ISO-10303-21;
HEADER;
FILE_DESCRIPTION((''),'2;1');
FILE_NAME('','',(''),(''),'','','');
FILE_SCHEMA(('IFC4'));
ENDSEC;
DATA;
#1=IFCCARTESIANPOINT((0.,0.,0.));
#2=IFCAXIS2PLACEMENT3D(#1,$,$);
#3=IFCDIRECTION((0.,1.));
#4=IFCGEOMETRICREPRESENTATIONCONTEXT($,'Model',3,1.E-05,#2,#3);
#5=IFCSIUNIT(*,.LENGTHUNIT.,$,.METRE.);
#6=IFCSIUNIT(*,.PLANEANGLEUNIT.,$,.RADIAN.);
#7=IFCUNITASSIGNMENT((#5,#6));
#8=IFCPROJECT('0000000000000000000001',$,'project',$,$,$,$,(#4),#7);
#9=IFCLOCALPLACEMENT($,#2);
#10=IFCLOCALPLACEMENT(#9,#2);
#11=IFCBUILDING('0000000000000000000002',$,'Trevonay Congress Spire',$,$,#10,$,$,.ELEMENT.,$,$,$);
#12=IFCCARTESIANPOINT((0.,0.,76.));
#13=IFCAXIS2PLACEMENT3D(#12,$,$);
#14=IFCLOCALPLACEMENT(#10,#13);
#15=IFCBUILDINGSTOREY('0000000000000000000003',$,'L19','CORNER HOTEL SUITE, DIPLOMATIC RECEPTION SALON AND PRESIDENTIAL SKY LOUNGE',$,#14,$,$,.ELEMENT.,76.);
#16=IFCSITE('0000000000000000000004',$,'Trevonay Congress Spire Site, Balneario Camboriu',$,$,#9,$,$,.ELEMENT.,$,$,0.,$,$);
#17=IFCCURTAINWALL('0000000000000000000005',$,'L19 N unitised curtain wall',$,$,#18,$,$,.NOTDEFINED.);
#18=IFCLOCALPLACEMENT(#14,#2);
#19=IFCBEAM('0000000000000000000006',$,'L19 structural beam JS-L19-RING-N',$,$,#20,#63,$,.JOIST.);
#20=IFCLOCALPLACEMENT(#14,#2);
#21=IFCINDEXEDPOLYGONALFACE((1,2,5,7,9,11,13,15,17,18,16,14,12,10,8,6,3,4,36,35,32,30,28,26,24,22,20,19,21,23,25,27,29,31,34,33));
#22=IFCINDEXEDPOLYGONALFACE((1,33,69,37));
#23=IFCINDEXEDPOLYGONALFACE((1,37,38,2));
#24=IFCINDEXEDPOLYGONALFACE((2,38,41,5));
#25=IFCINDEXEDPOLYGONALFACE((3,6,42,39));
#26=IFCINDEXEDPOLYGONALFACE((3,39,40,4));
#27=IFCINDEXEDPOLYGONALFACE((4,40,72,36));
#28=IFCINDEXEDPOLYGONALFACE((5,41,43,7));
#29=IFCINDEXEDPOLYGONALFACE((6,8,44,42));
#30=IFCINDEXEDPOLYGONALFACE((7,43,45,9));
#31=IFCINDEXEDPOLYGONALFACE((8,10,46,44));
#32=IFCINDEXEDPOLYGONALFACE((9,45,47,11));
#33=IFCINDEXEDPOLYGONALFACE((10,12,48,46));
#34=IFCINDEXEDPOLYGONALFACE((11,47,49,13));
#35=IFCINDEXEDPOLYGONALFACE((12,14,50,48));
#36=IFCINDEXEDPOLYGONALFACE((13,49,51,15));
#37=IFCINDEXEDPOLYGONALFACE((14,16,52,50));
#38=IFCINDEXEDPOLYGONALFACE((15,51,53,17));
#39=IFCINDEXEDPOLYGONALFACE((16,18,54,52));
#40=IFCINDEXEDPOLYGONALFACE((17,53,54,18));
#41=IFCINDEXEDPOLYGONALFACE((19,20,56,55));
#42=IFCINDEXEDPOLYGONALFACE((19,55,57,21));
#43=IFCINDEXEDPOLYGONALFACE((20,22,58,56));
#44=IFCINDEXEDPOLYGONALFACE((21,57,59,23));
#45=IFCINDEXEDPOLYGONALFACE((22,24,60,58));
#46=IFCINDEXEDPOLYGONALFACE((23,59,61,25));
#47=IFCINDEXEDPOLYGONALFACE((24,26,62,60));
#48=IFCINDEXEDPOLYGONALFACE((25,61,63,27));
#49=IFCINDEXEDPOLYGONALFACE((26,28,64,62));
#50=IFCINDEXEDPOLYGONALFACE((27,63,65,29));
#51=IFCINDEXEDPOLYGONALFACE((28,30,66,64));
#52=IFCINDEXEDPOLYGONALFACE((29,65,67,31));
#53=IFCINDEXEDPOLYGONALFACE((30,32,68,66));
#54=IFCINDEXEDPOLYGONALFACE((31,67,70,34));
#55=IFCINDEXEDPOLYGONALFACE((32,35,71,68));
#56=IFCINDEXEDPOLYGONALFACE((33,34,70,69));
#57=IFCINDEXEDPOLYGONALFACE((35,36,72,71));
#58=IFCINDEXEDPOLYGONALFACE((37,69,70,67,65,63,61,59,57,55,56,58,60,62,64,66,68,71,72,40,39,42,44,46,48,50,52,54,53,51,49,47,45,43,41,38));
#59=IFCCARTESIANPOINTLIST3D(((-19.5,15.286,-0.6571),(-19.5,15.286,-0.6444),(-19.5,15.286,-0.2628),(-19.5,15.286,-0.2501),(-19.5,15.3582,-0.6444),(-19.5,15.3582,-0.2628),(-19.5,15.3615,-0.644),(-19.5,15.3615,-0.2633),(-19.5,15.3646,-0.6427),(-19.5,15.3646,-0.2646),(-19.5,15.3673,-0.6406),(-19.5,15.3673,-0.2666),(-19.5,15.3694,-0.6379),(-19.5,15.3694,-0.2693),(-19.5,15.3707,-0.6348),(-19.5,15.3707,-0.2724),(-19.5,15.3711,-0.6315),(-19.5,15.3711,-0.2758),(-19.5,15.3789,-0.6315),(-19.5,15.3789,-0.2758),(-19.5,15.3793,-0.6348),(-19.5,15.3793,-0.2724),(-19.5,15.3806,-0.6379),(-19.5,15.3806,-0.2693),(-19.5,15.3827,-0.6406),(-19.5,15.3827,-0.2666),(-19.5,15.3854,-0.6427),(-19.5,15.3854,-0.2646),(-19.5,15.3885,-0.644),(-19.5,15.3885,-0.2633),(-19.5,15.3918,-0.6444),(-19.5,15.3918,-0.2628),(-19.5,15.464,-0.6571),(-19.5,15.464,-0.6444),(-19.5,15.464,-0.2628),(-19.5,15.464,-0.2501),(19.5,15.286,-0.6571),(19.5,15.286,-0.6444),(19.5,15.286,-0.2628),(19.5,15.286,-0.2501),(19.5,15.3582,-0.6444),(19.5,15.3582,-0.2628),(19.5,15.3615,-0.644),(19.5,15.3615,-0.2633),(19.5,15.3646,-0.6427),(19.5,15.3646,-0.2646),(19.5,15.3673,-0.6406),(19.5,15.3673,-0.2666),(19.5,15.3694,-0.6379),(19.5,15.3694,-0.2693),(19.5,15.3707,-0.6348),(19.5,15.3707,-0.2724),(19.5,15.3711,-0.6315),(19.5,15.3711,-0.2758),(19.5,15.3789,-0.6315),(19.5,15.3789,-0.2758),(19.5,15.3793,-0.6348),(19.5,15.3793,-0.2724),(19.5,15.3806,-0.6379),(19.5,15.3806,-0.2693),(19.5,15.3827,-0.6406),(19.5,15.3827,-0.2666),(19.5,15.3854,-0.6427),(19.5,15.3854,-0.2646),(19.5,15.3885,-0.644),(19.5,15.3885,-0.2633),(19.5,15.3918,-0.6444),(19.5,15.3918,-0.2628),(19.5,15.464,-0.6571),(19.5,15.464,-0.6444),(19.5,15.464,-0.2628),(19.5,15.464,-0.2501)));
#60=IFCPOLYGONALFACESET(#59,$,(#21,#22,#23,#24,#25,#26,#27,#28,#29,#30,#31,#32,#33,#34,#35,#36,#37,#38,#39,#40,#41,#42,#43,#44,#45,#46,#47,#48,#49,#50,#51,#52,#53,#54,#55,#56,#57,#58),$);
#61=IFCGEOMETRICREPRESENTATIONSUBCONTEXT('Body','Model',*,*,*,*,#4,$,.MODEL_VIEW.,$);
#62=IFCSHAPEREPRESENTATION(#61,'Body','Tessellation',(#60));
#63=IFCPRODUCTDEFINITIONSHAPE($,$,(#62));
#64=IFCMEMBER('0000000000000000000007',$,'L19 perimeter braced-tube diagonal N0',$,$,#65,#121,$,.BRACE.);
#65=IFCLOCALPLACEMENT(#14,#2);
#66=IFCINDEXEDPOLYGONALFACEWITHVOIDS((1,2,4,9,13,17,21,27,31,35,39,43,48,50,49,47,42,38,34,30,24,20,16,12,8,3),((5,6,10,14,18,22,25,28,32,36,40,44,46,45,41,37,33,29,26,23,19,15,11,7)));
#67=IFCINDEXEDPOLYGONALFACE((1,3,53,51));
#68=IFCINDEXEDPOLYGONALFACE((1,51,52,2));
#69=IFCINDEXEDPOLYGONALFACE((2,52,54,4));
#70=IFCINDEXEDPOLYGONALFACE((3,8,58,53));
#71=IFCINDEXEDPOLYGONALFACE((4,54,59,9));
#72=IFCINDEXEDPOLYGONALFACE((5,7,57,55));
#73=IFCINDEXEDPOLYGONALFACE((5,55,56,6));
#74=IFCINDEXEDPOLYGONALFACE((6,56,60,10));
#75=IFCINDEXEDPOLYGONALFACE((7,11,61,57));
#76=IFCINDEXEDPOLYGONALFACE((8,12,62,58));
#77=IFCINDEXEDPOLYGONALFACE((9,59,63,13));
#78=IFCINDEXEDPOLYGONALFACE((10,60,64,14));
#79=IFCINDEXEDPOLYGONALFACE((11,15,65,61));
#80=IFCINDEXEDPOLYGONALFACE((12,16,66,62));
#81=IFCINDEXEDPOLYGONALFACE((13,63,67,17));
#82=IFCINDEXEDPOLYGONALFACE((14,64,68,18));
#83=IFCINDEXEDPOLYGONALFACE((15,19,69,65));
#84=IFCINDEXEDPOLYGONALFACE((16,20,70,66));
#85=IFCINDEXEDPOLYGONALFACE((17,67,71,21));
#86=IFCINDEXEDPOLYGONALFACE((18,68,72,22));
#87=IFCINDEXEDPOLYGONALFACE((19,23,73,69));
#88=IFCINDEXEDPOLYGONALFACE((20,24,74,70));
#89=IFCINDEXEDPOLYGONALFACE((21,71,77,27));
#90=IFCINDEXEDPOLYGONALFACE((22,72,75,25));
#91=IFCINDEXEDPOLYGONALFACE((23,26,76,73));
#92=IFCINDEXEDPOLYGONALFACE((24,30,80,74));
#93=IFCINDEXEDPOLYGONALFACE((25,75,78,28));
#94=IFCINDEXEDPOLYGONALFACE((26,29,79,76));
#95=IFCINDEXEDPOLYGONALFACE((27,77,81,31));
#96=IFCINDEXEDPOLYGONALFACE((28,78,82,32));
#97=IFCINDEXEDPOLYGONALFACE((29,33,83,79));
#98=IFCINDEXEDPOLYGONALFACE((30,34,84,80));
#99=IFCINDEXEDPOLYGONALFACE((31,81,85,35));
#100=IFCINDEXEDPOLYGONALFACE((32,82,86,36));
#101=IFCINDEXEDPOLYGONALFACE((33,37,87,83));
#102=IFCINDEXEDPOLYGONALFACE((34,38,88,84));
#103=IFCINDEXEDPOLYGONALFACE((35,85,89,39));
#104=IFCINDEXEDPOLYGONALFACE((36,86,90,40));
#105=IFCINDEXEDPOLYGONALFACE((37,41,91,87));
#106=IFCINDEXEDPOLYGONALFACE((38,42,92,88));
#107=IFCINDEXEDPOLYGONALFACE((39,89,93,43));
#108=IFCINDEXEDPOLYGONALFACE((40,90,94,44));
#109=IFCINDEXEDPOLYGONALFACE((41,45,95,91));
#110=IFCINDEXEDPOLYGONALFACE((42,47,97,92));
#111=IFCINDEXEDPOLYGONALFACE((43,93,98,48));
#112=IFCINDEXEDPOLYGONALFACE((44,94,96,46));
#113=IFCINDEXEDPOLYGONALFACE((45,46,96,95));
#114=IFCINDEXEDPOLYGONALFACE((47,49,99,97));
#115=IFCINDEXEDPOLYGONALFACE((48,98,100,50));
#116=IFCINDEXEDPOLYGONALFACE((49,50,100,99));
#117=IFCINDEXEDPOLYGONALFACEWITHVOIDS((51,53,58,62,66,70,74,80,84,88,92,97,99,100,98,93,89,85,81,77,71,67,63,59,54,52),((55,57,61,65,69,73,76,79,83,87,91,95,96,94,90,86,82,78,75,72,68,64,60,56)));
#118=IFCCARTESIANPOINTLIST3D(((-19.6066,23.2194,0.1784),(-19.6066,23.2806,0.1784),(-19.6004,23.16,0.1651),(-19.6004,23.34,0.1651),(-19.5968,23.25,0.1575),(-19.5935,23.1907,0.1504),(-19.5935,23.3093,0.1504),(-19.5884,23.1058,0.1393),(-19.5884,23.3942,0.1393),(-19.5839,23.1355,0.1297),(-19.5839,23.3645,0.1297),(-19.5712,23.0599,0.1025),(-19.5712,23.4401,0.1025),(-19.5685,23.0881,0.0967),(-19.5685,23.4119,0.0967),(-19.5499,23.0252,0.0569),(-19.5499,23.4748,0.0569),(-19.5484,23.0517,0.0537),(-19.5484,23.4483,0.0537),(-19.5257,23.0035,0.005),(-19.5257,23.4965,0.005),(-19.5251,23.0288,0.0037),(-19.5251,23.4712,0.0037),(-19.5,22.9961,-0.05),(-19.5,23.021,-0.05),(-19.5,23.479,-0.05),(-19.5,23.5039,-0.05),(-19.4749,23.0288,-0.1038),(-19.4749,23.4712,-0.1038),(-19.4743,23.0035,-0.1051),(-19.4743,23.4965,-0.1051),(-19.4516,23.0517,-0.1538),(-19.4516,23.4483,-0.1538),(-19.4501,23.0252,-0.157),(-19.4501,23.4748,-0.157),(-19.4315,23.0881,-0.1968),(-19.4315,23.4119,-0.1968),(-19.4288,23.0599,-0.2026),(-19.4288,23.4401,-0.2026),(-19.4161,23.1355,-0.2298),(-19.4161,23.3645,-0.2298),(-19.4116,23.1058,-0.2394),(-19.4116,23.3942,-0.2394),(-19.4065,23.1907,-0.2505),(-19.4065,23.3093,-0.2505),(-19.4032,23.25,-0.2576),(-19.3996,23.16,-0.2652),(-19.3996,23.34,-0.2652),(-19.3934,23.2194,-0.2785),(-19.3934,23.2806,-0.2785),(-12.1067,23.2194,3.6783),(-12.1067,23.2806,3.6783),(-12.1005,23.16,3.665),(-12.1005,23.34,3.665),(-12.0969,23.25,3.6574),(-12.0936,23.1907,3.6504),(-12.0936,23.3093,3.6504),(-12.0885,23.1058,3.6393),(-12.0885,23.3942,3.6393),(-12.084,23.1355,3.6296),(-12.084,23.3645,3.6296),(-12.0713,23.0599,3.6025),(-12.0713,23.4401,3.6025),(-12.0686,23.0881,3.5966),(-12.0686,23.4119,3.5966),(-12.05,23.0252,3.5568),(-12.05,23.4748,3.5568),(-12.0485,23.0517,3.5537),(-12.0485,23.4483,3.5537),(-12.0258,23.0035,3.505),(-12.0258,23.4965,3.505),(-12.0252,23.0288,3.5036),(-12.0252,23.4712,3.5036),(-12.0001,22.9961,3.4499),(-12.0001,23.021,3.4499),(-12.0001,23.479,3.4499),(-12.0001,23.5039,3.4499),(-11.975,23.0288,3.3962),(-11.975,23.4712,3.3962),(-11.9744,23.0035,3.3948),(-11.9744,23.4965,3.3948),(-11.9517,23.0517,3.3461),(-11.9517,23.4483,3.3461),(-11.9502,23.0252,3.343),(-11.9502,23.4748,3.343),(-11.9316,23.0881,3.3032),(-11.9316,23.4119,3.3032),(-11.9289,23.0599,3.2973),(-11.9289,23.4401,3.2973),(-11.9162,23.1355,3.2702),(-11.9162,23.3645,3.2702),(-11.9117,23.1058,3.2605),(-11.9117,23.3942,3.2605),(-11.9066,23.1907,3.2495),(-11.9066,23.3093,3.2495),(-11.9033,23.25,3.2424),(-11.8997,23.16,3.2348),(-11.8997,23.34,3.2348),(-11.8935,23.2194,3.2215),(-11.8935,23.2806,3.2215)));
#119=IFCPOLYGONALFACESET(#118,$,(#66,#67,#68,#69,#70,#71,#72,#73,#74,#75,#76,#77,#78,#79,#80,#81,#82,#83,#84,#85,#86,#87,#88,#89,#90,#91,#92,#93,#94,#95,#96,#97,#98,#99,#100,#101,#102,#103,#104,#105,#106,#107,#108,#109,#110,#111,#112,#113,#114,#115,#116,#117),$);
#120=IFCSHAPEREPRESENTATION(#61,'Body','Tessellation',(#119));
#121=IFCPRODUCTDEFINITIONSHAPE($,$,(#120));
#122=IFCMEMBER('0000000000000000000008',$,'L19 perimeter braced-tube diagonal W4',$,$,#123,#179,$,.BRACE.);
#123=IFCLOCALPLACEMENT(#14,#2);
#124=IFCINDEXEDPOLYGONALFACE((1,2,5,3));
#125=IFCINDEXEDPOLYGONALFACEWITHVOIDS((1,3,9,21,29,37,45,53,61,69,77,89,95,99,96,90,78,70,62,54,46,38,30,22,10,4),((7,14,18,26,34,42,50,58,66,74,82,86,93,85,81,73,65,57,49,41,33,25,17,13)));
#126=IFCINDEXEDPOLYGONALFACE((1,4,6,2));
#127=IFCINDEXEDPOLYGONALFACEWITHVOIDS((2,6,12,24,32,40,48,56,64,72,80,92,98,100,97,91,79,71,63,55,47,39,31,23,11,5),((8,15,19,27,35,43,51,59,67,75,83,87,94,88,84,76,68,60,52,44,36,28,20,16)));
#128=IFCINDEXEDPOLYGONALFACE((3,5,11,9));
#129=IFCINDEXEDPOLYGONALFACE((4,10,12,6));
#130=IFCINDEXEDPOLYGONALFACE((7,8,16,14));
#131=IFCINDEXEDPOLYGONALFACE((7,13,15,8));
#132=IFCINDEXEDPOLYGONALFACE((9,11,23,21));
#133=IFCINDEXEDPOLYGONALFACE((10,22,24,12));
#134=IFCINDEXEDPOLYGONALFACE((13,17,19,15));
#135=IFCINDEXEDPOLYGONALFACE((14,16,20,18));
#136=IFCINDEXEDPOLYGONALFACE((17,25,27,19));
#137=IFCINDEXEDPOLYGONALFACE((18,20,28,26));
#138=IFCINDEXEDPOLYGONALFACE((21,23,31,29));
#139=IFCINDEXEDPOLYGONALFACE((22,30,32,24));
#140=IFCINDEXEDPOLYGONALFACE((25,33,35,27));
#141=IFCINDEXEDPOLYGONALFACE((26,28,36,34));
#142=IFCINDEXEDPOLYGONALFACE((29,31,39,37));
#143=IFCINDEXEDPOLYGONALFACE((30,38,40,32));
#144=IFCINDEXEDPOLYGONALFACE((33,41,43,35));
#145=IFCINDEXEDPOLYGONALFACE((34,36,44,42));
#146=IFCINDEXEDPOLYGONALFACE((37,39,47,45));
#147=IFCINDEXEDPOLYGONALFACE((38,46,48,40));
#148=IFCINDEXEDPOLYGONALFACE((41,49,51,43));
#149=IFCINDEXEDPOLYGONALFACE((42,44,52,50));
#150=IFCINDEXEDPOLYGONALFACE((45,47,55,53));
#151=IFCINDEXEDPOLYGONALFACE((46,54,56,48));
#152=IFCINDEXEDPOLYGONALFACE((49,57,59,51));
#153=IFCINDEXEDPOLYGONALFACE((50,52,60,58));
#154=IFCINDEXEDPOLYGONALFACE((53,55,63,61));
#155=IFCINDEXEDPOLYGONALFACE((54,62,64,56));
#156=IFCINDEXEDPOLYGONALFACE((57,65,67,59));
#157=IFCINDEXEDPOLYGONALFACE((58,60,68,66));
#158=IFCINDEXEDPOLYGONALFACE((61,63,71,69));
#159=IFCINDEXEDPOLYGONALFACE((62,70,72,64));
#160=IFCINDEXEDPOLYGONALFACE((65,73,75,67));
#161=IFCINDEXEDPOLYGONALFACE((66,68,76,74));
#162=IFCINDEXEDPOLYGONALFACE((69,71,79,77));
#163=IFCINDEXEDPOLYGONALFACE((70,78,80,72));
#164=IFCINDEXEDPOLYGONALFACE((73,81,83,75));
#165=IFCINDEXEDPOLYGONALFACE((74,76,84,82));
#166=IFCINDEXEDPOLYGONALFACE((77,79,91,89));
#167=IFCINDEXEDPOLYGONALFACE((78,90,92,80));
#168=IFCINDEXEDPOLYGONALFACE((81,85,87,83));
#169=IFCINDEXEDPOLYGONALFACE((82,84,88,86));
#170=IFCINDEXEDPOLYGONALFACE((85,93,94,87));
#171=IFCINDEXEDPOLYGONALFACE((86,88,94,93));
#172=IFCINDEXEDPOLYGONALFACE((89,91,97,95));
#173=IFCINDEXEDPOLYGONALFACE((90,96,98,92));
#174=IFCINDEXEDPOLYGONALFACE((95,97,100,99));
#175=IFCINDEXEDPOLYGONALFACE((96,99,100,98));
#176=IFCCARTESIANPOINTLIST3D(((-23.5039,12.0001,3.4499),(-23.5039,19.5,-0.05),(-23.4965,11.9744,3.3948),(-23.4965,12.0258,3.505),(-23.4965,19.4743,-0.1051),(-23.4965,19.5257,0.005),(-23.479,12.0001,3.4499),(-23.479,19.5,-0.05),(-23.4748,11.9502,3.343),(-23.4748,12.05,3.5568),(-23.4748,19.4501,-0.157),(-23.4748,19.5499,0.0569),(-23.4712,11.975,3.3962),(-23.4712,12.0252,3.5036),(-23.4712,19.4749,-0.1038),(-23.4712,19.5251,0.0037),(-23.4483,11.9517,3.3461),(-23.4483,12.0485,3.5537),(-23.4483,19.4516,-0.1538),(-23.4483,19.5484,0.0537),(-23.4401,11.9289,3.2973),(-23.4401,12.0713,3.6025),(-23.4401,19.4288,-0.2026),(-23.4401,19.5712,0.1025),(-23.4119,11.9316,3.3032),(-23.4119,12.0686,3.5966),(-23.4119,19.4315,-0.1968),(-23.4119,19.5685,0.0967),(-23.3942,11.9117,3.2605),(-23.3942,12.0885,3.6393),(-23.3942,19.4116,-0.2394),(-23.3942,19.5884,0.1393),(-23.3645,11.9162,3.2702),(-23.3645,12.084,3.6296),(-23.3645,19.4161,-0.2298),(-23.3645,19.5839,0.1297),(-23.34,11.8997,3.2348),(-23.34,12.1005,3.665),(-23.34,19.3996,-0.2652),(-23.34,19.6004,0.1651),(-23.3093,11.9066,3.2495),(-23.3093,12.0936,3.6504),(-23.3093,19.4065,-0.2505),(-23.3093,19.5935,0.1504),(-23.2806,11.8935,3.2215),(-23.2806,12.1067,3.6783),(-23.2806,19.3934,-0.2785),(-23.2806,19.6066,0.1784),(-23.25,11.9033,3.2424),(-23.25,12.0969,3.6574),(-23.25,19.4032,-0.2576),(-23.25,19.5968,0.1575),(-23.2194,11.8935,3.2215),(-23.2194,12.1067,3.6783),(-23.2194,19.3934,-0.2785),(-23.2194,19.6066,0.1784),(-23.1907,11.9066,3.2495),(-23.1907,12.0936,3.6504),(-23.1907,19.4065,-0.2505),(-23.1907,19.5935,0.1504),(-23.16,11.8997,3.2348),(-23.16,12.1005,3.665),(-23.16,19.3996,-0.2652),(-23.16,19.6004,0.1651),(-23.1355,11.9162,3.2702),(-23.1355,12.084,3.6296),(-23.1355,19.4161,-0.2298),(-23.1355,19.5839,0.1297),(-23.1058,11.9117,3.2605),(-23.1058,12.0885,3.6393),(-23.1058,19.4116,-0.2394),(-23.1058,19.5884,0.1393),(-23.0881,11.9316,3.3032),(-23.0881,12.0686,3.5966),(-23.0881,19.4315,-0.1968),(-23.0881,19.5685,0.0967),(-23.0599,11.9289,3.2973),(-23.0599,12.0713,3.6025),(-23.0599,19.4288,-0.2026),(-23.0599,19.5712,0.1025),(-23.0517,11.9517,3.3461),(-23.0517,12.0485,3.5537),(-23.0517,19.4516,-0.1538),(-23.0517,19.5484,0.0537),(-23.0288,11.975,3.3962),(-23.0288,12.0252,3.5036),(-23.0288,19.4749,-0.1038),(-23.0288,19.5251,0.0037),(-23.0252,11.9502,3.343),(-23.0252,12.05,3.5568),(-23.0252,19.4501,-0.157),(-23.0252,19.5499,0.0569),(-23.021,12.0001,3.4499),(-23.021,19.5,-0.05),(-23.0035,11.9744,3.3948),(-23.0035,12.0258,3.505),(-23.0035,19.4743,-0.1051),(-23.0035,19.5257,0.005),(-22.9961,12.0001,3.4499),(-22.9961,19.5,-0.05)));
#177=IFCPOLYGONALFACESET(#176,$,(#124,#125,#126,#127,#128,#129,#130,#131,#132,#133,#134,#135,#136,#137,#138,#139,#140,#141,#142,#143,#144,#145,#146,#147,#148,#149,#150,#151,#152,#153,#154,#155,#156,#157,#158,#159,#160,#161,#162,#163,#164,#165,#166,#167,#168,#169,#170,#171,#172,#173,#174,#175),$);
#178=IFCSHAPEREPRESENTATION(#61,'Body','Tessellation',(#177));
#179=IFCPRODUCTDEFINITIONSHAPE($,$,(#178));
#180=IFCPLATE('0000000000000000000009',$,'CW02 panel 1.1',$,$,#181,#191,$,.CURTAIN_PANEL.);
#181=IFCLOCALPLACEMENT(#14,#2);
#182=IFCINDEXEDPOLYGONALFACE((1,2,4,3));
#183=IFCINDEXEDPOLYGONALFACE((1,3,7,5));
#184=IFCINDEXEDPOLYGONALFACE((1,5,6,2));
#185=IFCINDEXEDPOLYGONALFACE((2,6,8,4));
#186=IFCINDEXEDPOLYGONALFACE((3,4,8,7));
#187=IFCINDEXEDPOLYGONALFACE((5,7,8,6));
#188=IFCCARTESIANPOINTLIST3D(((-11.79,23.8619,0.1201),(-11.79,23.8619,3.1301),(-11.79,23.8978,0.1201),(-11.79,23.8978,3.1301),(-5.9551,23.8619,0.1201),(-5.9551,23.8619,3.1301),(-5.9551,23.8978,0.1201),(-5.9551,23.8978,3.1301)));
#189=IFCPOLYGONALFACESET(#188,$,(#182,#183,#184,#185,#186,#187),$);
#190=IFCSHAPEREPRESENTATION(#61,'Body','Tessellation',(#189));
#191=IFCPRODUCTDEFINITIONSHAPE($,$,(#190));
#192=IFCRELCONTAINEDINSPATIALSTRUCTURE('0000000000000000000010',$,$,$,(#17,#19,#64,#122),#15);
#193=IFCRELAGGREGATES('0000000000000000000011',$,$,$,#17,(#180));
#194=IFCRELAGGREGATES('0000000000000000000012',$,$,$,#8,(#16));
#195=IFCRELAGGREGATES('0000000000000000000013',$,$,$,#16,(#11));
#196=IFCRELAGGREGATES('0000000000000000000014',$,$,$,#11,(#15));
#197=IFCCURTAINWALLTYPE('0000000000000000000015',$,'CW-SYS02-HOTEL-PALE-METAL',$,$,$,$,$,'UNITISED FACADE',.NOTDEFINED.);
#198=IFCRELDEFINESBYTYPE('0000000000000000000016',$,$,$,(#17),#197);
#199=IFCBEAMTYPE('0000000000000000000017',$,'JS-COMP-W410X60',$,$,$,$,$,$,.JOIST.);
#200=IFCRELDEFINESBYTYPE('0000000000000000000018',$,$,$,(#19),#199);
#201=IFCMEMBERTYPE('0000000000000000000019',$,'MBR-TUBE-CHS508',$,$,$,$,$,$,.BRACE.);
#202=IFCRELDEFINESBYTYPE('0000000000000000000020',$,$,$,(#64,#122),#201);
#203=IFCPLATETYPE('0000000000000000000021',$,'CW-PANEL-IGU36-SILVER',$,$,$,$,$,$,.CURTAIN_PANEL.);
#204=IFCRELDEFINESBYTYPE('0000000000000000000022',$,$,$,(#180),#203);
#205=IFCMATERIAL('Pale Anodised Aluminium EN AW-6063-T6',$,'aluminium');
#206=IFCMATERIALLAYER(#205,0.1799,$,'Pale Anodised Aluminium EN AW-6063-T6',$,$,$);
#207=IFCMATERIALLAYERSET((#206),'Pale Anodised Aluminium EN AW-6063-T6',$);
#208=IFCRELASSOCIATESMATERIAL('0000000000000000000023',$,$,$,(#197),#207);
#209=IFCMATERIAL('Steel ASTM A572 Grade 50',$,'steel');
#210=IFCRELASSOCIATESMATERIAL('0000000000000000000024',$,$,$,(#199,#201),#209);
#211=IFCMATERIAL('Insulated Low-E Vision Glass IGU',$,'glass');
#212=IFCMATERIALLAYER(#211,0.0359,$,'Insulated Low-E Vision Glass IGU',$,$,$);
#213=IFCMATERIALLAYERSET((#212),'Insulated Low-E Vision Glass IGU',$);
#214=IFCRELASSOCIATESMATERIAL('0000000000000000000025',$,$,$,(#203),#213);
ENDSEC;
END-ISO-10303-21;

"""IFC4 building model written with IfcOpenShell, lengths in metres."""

from ifc_helpers import new_model, si_unit, direction, frame, origin, origin_2d, place, context, subcontext, project, spatial, rectangle, hollow_circle, i_section, extrude, material, layer, layer_set, material_profile, profile_set, type_object, element, aggregate, save


model = new_model("IFC4")

# Units and contexts
model_context = context("Model", 3, precision=1e-05, world=origin(), true_north=direction((0.0, 1.0)))
body_context = subcontext(model_context, "Body", "Model", "MODEL_VIEW")
ifc_project = project(units=[si_unit("LENGTHUNIT", "METRE"), si_unit("PLANEANGLEUNIT", "RADIAN")], contexts=[model_context])

# Site, building, storey
site_placement = place(None, origin())
site = spatial("IfcSite", under=ifc_project, at=site_placement, Name="Trevonay Congress Spire Site, Balneario Camboriu", CompositionType="ELEMENT", RefElevation=0.0)
building_placement = place(site_placement, origin())
building = spatial("IfcBuilding", under=site, at=building_placement, Name="Trevonay Congress Spire", CompositionType="ELEMENT")
storey_placement = place(building_placement, frame((0.0, 0.0, 76.0)))
storey = spatial("IfcBuildingStorey", under=building, at=storey_placement, Name="L19", Description="CORNER HOTEL SUITE, DIPLOMATIC RECEPTION SALON AND PRESIDENTIAL SKY LOUNGE", CompositionType="ELEMENT", Elevation=76.0)

# Shared definitions
ifc_material_1 = material(Name="Steel ASTM A572 Grade 50", Category="steel")

# Curtain wall
ifc_material_2 = material(Name="Pale Anodised Aluminium EN AW-6063-T6", Category="aluminium")
ifc_layer_1 = layer(ifc_material_2, 0.1799, Name="Pale Anodised Aluminium EN AW-6063-T6")
ifc_layer_set_1 = layer_set([ifc_layer_1], Name="Pale Anodised Aluminium EN AW-6063-T6")
curtain_wall_type = type_object("IfcCurtainWallType", Name="CW-SYS02-HOTEL-PALE-METAL", ElementType="UNITISED FACADE", PredefinedType="NOTDEFINED", material=ifc_layer_set_1)
curtain_wall_1_placement = place(storey_placement, origin())
curtain_wall_1 = element("IfcCurtainWall", 1, at=curtain_wall_1_placement, inside=storey, type_object=curtain_wall_type, Name="L19 N unitised curtain wall", PredefinedType="NOTDEFINED")

# Beam
ifc_material_profile_1 = material_profile(ifc_material_1, i_section(OverallWidth=0.178, OverallDepth=0.407, WebThickness=0.0078, FlangeThickness=0.0127, FilletRadius=0.0129, at=origin_2d()), Name="W410x60")
ifc_profile_set_1 = profile_set([ifc_material_profile_1], Name="Steel ASTM A572 Grade 50")
beam_type_1 = type_object("IfcBeamType", Name="JS-COMP-W410X60", PredefinedType="JOIST", material=ifc_profile_set_1)
beam_1_placement = place(storey_placement, frame((-19.5, 15.375, -0.4536), z_axis=(1.0, 0.0, 0.0), x_axis=(0.0, 1.0, 0.0)))
element("IfcBeam", 2, at=beam_1_placement, inside=storey, type_object=beam_type_1, Name="L19 structural beam JS-L19-RING-N", PredefinedType="JOIST", context=body_context, shape_type="SweptSolid", body=[
    extrude(i_section(OverallWidth=0.178, OverallDepth=0.407, WebThickness=0.0078, FlangeThickness=0.0127, FilletRadius=0.0129, at=origin_2d()), origin(), (0.0, 0.0, 1.0), 39.0),
])

# Members
ifc_material_profile_2 = material_profile(ifc_material_1, hollow_circle(Radius=0.2539, WallThickness=0.0249, at=origin_2d()), Name="CHS 508x25")
ifc_profile_set_2 = profile_set([ifc_material_profile_2], Name="Steel ASTM A572 Grade 50")
member_type_1 = type_object("IfcMemberType", Name="MBR-TUBE-CHS508", PredefinedType="BRACE", material=ifc_profile_set_2)
for number, where, z_axis, x_axis, name in (
    (3, (-19.5, 23.25, -0.05), (0.906183, 0.0, 0.422885), (0.0, 1.0, 0.0), "L19 perimeter braced-tube diagonal N0"),
    (4, (-23.25, 19.5, -0.05), (0.0, -0.906183, 0.422885), (1.0, 0.0, 0.0), "L19 perimeter braced-tube diagonal W4"),
):
    element("IfcMember", number, at=place(storey_placement, frame(where, z_axis=z_axis, x_axis=x_axis)), inside=storey, type_object=member_type_1, Name=name, PredefinedType="BRACE", context=body_context, shape_type="SweptSolid", body=[
        extrude(hollow_circle(Radius=0.2539, WallThickness=0.0249, at=origin_2d()), origin(), (0.0, 0.0, 1.0), 8.2764),
    ])

# Plate
ifc_material_3 = material(Name="Insulated Low-E Vision Glass IGU", Category="glass")
ifc_layer_2 = layer(ifc_material_3, 0.0359, Name="Insulated Low-E Vision Glass IGU")
ifc_layer_set_2 = layer_set([ifc_layer_2], Name="Insulated Low-E Vision Glass IGU")
plate_type = type_object("IfcPlateType", Name="CW-PANEL-IGU36-SILVER", PredefinedType="CURTAIN_PANEL", material=ifc_layer_set_2)
plate_placement = place(storey_placement, frame((-8.8726, 23.8799, 0.1201), z_axis=(0.0, 0.0, 1.0), x_axis=(1.0, 0.0, 0.0)))
plate = element("IfcPlate", 5, at=plate_placement, type_object=plate_type, Name="CW02 panel 1.1", PredefinedType="CURTAIN_PANEL", context=body_context, shape_type="SweptSolid", body=[
    extrude(rectangle(XDim=5.835, YDim=0.0359, at=origin_2d()), origin(), (0.0, 0.0, 1.0), 3.01),
])
aggregate(curtain_wall_1, [plate])

save(model, "model.ifc")
